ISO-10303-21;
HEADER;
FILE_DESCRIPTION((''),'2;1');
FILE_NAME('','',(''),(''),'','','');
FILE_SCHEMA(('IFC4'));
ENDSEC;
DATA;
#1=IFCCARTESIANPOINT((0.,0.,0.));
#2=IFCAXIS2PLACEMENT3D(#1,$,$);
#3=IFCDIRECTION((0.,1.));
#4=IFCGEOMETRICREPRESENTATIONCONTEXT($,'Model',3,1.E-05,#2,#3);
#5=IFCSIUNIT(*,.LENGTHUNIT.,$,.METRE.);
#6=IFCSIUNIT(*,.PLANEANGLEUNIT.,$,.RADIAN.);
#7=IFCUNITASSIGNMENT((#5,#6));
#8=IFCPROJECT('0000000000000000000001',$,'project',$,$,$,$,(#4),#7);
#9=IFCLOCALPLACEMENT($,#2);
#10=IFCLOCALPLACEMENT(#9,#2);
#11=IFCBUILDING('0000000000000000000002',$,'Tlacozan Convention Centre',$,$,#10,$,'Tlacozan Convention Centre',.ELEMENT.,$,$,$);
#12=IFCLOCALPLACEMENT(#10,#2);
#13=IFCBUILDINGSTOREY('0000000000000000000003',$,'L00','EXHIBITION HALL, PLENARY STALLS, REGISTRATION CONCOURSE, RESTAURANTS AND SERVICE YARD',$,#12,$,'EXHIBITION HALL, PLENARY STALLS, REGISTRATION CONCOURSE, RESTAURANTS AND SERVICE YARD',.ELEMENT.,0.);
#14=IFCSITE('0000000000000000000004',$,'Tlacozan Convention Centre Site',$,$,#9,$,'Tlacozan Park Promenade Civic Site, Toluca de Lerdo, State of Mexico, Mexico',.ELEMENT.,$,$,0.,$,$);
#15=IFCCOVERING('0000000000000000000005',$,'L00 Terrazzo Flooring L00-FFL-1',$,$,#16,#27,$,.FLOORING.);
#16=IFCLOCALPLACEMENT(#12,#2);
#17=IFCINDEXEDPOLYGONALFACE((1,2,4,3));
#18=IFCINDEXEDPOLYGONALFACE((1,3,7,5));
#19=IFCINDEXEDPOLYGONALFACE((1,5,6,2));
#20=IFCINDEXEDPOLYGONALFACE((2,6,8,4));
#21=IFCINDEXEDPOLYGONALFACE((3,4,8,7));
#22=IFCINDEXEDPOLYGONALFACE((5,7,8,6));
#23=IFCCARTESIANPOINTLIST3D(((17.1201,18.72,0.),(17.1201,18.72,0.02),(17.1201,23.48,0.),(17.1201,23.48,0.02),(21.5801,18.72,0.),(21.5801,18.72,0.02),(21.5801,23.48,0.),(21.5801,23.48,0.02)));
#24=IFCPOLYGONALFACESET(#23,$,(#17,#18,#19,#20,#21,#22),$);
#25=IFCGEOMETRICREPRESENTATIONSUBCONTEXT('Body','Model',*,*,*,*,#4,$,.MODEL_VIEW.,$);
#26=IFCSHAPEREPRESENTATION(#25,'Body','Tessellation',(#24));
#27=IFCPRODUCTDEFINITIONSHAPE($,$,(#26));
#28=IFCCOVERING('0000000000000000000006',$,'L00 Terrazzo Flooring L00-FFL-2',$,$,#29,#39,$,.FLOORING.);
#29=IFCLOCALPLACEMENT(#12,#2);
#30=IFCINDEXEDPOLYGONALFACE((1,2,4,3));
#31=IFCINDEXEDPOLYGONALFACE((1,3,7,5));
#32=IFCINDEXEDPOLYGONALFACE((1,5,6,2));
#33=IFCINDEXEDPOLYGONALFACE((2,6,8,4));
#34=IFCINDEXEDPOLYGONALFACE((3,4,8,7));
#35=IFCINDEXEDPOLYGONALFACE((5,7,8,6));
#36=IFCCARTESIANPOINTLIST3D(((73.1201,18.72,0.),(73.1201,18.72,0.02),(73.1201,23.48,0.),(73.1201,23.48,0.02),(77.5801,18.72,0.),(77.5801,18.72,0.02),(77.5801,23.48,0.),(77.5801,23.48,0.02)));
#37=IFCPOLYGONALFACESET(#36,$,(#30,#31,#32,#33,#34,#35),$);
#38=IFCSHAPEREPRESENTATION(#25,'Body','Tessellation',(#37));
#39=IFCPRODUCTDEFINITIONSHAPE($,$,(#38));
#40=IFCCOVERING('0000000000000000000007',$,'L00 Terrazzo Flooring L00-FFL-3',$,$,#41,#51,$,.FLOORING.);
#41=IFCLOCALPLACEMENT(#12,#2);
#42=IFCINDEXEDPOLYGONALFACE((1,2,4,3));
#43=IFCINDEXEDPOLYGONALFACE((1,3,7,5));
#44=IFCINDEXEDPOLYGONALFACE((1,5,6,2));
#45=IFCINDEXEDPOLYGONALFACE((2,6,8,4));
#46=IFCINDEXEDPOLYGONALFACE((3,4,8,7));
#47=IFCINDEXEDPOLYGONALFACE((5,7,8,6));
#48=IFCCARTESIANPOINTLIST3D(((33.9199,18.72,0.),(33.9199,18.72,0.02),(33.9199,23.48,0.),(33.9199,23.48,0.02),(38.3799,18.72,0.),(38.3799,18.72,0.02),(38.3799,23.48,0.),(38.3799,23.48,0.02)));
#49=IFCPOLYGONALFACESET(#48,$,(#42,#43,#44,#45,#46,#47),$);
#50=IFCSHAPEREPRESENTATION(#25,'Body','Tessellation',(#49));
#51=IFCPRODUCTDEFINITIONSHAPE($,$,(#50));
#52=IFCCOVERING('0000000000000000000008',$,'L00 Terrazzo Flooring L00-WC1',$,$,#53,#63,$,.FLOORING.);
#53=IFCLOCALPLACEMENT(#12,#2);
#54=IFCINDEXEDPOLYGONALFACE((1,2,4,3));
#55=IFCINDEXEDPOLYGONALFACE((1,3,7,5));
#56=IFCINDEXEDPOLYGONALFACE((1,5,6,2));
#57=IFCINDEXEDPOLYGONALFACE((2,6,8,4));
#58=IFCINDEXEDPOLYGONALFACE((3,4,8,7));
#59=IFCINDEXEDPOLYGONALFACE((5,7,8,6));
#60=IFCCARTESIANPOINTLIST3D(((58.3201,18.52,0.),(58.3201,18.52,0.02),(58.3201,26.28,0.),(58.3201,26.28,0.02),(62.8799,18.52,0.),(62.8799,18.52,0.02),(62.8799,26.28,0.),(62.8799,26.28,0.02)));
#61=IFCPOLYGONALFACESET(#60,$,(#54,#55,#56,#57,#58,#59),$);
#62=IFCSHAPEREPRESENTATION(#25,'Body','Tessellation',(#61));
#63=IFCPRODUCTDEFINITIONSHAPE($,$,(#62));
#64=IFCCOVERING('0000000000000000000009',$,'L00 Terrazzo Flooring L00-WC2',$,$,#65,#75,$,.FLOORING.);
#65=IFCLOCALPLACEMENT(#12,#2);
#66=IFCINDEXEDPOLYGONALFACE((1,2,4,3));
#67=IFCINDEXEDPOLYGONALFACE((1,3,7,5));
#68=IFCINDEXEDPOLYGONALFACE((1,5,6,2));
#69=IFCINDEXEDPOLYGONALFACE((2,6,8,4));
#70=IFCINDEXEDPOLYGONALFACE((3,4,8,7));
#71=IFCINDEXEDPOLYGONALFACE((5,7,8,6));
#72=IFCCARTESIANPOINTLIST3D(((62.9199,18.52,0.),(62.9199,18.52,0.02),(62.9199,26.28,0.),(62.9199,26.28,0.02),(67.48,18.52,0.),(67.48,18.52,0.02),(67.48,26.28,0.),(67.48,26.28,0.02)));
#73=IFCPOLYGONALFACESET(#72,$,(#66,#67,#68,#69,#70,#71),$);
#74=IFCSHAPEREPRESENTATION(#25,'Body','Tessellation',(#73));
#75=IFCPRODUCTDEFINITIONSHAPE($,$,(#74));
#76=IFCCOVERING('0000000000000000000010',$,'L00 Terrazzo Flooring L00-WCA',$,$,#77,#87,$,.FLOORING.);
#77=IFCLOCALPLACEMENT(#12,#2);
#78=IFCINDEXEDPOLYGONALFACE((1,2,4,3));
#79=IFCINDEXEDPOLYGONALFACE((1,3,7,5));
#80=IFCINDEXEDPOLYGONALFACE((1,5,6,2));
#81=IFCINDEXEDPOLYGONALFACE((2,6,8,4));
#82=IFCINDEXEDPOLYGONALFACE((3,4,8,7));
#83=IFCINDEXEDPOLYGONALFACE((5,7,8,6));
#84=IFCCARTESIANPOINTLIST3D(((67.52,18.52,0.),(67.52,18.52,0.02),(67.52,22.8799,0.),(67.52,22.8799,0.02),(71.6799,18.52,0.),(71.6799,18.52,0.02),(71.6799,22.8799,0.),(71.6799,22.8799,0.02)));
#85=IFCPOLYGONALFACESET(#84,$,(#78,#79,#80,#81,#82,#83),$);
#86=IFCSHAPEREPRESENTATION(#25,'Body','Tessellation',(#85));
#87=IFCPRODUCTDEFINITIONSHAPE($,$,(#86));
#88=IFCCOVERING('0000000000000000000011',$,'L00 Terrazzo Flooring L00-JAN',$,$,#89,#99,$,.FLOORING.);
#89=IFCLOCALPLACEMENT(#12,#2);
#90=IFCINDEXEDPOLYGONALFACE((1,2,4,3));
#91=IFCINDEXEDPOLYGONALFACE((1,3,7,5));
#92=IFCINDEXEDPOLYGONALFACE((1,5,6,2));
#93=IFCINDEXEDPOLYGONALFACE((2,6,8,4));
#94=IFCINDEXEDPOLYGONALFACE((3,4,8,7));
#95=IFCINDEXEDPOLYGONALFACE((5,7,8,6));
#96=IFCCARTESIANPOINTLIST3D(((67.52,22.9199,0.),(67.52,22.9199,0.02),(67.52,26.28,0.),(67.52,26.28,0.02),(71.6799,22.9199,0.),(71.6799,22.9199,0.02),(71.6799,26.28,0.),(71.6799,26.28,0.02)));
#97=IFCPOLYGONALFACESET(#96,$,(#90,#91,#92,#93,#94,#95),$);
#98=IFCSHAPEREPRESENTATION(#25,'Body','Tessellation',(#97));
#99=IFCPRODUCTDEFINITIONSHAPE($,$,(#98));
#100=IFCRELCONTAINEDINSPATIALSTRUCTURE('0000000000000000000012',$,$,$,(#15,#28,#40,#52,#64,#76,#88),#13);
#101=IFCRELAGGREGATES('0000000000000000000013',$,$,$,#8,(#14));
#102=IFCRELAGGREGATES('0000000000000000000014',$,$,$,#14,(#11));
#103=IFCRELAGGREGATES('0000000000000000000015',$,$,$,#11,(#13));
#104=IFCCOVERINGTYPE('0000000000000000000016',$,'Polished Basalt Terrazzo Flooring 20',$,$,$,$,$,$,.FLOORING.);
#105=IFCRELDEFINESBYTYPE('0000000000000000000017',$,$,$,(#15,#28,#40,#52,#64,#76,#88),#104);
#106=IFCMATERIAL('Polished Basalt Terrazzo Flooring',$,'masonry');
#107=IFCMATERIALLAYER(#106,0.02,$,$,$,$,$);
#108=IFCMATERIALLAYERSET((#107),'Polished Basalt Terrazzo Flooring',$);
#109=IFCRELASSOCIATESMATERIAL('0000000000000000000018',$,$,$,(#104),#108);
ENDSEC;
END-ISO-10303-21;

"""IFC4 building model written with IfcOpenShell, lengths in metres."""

from ifc_helpers import new_model, si_unit, direction, origin, place, context, subcontext, project, spatial, polyline, outline, extrude, material, layer, layer_set, type_object, element, save


model = new_model("IFC4")

# Units and contexts
model_context = context("Model", 3, precision=1e-05, world=origin(), true_north=direction((0.0, 1.0)))
body_context = subcontext(model_context, "Body", "Model", "MODEL_VIEW")
ifc_project = project(units=[si_unit("LENGTHUNIT", "METRE"), si_unit("PLANEANGLEUNIT", "RADIAN")], contexts=[model_context])

# Site, building, storey
site_placement = place(None, origin())
site = spatial("IfcSite", under=ifc_project, at=site_placement, Name="Tlacozan Convention Centre Site", LongName="Tlacozan Park Promenade Civic Site, Toluca de Lerdo, State of Mexico, Mexico", CompositionType="ELEMENT", RefElevation=0.0)
building_placement = place(site_placement, origin())
building = spatial("IfcBuilding", under=site, at=building_placement, Name="Tlacozan Convention Centre", LongName="Tlacozan Convention Centre", CompositionType="ELEMENT")
storey_placement = place(building_placement, origin())
storey = spatial("IfcBuildingStorey", under=building, at=storey_placement, Name="L00", Description="EXHIBITION HALL, PLENARY STALLS, REGISTRATION CONCOURSE, RESTAURANTS AND SERVICE YARD", LongName="EXHIBITION HALL, PLENARY STALLS, REGISTRATION CONCOURSE, RESTAURANTS AND SERVICE YARD", CompositionType="ELEMENT", Elevation=0.0)

# Coverings
ifc_material_1 = material(Name="Polished Basalt Terrazzo Flooring", Category="masonry")
ifc_layer_1 = layer(ifc_material_1, 0.02)
ifc_layer_set_1 = layer_set([ifc_layer_1], Name="Polished Basalt Terrazzo Flooring")
covering_type_1 = type_object("IfcCoveringType", Name="Polished Basalt Terrazzo Flooring 20", PredefinedType="FLOORING", material=ifc_layer_set_1)
covering_1_placement = place(storey_placement, origin())
element("IfcCovering", 1, at=covering_1_placement, inside=storey, type_object=covering_type_1, Name="L00 Terrazzo Flooring L00-FFL-1", PredefinedType="FLOORING", context=body_context, shape_type="SweptSolid", body=[
    extrude(outline(polyline([(17.1201, 18.72), (21.5801, 18.72), (21.5801, 23.48), (17.1201, 23.48), (17.1201, 18.72)])), origin(), (0.0, 0.0, 1.0), 0.02),
])
covering_2_placement = place(storey_placement, origin())
element("IfcCovering", 2, at=covering_2_placement, inside=storey, type_object=covering_type_1, Name="L00 Terrazzo Flooring L00-FFL-2", PredefinedType="FLOORING", context=body_context, shape_type="SweptSolid", body=[
    extrude(outline(polyline([(73.1201, 18.72), (77.5801, 18.72), (77.5801, 23.48), (73.1201, 23.48), (73.1201, 18.72)])), origin(), (0.0, 0.0, 1.0), 0.02),
])
covering_3_placement = place(storey_placement, origin())
element("IfcCovering", 3, at=covering_3_placement, inside=storey, type_object=covering_type_1, Name="L00 Terrazzo Flooring L00-FFL-3", PredefinedType="FLOORING", context=body_context, shape_type="SweptSolid", body=[
    extrude(outline(polyline([(33.9199, 18.72), (38.3799, 18.72), (38.3799, 23.48), (33.9199, 23.48), (33.9199, 18.72)])), origin(), (0.0, 0.0, 1.0), 0.02),
])
covering_4_placement = place(storey_placement, origin())
element("IfcCovering", 4, at=covering_4_placement, inside=storey, type_object=covering_type_1, Name="L00 Terrazzo Flooring L00-WC1", PredefinedType="FLOORING", context=body_context, shape_type="SweptSolid", body=[
    extrude(outline(polyline([(58.3201, 18.52), (62.8799, 18.52), (62.8799, 26.28), (58.3201, 26.28), (58.3201, 18.52)])), origin(), (0.0, 0.0, 1.0), 0.02),
])
covering_5_placement = place(storey_placement, origin())
element("IfcCovering", 5, at=covering_5_placement, inside=storey, type_object=covering_type_1, Name="L00 Terrazzo Flooring L00-WC2", PredefinedType="FLOORING", context=body_context, shape_type="SweptSolid", body=[
    extrude(outline(polyline([(62.9199, 18.52), (67.48, 18.52), (67.48, 26.28), (62.9199, 26.28), (62.9199, 18.52)])), origin(), (0.0, 0.0, 1.0), 0.02),
])
covering_6_placement = place(storey_placement, origin())
element("IfcCovering", 6, at=covering_6_placement, inside=storey, type_object=covering_type_1, Name="L00 Terrazzo Flooring L00-WCA", PredefinedType="FLOORING", context=body_context, shape_type="SweptSolid", body=[
    extrude(outline(polyline([(67.52, 18.52), (71.6799, 18.52), (71.6799, 22.8799), (67.52, 22.8799), (67.52, 18.52)])), origin(), (0.0, 0.0, 1.0), 0.02),
])
covering_7_placement = place(storey_placement, origin())
element("IfcCovering", 7, at=covering_7_placement, inside=storey, type_object=covering_type_1, Name="L00 Terrazzo Flooring L00-JAN", PredefinedType="FLOORING", context=body_context, shape_type="SweptSolid", body=[
    extrude(outline(polyline([(67.52, 22.9199), (71.6799, 22.9199), (71.6799, 26.28), (67.52, 26.28), (67.52, 22.9199)])), origin(), (0.0, 0.0, 1.0), 0.02),
])

save(model, "model.ifc")
